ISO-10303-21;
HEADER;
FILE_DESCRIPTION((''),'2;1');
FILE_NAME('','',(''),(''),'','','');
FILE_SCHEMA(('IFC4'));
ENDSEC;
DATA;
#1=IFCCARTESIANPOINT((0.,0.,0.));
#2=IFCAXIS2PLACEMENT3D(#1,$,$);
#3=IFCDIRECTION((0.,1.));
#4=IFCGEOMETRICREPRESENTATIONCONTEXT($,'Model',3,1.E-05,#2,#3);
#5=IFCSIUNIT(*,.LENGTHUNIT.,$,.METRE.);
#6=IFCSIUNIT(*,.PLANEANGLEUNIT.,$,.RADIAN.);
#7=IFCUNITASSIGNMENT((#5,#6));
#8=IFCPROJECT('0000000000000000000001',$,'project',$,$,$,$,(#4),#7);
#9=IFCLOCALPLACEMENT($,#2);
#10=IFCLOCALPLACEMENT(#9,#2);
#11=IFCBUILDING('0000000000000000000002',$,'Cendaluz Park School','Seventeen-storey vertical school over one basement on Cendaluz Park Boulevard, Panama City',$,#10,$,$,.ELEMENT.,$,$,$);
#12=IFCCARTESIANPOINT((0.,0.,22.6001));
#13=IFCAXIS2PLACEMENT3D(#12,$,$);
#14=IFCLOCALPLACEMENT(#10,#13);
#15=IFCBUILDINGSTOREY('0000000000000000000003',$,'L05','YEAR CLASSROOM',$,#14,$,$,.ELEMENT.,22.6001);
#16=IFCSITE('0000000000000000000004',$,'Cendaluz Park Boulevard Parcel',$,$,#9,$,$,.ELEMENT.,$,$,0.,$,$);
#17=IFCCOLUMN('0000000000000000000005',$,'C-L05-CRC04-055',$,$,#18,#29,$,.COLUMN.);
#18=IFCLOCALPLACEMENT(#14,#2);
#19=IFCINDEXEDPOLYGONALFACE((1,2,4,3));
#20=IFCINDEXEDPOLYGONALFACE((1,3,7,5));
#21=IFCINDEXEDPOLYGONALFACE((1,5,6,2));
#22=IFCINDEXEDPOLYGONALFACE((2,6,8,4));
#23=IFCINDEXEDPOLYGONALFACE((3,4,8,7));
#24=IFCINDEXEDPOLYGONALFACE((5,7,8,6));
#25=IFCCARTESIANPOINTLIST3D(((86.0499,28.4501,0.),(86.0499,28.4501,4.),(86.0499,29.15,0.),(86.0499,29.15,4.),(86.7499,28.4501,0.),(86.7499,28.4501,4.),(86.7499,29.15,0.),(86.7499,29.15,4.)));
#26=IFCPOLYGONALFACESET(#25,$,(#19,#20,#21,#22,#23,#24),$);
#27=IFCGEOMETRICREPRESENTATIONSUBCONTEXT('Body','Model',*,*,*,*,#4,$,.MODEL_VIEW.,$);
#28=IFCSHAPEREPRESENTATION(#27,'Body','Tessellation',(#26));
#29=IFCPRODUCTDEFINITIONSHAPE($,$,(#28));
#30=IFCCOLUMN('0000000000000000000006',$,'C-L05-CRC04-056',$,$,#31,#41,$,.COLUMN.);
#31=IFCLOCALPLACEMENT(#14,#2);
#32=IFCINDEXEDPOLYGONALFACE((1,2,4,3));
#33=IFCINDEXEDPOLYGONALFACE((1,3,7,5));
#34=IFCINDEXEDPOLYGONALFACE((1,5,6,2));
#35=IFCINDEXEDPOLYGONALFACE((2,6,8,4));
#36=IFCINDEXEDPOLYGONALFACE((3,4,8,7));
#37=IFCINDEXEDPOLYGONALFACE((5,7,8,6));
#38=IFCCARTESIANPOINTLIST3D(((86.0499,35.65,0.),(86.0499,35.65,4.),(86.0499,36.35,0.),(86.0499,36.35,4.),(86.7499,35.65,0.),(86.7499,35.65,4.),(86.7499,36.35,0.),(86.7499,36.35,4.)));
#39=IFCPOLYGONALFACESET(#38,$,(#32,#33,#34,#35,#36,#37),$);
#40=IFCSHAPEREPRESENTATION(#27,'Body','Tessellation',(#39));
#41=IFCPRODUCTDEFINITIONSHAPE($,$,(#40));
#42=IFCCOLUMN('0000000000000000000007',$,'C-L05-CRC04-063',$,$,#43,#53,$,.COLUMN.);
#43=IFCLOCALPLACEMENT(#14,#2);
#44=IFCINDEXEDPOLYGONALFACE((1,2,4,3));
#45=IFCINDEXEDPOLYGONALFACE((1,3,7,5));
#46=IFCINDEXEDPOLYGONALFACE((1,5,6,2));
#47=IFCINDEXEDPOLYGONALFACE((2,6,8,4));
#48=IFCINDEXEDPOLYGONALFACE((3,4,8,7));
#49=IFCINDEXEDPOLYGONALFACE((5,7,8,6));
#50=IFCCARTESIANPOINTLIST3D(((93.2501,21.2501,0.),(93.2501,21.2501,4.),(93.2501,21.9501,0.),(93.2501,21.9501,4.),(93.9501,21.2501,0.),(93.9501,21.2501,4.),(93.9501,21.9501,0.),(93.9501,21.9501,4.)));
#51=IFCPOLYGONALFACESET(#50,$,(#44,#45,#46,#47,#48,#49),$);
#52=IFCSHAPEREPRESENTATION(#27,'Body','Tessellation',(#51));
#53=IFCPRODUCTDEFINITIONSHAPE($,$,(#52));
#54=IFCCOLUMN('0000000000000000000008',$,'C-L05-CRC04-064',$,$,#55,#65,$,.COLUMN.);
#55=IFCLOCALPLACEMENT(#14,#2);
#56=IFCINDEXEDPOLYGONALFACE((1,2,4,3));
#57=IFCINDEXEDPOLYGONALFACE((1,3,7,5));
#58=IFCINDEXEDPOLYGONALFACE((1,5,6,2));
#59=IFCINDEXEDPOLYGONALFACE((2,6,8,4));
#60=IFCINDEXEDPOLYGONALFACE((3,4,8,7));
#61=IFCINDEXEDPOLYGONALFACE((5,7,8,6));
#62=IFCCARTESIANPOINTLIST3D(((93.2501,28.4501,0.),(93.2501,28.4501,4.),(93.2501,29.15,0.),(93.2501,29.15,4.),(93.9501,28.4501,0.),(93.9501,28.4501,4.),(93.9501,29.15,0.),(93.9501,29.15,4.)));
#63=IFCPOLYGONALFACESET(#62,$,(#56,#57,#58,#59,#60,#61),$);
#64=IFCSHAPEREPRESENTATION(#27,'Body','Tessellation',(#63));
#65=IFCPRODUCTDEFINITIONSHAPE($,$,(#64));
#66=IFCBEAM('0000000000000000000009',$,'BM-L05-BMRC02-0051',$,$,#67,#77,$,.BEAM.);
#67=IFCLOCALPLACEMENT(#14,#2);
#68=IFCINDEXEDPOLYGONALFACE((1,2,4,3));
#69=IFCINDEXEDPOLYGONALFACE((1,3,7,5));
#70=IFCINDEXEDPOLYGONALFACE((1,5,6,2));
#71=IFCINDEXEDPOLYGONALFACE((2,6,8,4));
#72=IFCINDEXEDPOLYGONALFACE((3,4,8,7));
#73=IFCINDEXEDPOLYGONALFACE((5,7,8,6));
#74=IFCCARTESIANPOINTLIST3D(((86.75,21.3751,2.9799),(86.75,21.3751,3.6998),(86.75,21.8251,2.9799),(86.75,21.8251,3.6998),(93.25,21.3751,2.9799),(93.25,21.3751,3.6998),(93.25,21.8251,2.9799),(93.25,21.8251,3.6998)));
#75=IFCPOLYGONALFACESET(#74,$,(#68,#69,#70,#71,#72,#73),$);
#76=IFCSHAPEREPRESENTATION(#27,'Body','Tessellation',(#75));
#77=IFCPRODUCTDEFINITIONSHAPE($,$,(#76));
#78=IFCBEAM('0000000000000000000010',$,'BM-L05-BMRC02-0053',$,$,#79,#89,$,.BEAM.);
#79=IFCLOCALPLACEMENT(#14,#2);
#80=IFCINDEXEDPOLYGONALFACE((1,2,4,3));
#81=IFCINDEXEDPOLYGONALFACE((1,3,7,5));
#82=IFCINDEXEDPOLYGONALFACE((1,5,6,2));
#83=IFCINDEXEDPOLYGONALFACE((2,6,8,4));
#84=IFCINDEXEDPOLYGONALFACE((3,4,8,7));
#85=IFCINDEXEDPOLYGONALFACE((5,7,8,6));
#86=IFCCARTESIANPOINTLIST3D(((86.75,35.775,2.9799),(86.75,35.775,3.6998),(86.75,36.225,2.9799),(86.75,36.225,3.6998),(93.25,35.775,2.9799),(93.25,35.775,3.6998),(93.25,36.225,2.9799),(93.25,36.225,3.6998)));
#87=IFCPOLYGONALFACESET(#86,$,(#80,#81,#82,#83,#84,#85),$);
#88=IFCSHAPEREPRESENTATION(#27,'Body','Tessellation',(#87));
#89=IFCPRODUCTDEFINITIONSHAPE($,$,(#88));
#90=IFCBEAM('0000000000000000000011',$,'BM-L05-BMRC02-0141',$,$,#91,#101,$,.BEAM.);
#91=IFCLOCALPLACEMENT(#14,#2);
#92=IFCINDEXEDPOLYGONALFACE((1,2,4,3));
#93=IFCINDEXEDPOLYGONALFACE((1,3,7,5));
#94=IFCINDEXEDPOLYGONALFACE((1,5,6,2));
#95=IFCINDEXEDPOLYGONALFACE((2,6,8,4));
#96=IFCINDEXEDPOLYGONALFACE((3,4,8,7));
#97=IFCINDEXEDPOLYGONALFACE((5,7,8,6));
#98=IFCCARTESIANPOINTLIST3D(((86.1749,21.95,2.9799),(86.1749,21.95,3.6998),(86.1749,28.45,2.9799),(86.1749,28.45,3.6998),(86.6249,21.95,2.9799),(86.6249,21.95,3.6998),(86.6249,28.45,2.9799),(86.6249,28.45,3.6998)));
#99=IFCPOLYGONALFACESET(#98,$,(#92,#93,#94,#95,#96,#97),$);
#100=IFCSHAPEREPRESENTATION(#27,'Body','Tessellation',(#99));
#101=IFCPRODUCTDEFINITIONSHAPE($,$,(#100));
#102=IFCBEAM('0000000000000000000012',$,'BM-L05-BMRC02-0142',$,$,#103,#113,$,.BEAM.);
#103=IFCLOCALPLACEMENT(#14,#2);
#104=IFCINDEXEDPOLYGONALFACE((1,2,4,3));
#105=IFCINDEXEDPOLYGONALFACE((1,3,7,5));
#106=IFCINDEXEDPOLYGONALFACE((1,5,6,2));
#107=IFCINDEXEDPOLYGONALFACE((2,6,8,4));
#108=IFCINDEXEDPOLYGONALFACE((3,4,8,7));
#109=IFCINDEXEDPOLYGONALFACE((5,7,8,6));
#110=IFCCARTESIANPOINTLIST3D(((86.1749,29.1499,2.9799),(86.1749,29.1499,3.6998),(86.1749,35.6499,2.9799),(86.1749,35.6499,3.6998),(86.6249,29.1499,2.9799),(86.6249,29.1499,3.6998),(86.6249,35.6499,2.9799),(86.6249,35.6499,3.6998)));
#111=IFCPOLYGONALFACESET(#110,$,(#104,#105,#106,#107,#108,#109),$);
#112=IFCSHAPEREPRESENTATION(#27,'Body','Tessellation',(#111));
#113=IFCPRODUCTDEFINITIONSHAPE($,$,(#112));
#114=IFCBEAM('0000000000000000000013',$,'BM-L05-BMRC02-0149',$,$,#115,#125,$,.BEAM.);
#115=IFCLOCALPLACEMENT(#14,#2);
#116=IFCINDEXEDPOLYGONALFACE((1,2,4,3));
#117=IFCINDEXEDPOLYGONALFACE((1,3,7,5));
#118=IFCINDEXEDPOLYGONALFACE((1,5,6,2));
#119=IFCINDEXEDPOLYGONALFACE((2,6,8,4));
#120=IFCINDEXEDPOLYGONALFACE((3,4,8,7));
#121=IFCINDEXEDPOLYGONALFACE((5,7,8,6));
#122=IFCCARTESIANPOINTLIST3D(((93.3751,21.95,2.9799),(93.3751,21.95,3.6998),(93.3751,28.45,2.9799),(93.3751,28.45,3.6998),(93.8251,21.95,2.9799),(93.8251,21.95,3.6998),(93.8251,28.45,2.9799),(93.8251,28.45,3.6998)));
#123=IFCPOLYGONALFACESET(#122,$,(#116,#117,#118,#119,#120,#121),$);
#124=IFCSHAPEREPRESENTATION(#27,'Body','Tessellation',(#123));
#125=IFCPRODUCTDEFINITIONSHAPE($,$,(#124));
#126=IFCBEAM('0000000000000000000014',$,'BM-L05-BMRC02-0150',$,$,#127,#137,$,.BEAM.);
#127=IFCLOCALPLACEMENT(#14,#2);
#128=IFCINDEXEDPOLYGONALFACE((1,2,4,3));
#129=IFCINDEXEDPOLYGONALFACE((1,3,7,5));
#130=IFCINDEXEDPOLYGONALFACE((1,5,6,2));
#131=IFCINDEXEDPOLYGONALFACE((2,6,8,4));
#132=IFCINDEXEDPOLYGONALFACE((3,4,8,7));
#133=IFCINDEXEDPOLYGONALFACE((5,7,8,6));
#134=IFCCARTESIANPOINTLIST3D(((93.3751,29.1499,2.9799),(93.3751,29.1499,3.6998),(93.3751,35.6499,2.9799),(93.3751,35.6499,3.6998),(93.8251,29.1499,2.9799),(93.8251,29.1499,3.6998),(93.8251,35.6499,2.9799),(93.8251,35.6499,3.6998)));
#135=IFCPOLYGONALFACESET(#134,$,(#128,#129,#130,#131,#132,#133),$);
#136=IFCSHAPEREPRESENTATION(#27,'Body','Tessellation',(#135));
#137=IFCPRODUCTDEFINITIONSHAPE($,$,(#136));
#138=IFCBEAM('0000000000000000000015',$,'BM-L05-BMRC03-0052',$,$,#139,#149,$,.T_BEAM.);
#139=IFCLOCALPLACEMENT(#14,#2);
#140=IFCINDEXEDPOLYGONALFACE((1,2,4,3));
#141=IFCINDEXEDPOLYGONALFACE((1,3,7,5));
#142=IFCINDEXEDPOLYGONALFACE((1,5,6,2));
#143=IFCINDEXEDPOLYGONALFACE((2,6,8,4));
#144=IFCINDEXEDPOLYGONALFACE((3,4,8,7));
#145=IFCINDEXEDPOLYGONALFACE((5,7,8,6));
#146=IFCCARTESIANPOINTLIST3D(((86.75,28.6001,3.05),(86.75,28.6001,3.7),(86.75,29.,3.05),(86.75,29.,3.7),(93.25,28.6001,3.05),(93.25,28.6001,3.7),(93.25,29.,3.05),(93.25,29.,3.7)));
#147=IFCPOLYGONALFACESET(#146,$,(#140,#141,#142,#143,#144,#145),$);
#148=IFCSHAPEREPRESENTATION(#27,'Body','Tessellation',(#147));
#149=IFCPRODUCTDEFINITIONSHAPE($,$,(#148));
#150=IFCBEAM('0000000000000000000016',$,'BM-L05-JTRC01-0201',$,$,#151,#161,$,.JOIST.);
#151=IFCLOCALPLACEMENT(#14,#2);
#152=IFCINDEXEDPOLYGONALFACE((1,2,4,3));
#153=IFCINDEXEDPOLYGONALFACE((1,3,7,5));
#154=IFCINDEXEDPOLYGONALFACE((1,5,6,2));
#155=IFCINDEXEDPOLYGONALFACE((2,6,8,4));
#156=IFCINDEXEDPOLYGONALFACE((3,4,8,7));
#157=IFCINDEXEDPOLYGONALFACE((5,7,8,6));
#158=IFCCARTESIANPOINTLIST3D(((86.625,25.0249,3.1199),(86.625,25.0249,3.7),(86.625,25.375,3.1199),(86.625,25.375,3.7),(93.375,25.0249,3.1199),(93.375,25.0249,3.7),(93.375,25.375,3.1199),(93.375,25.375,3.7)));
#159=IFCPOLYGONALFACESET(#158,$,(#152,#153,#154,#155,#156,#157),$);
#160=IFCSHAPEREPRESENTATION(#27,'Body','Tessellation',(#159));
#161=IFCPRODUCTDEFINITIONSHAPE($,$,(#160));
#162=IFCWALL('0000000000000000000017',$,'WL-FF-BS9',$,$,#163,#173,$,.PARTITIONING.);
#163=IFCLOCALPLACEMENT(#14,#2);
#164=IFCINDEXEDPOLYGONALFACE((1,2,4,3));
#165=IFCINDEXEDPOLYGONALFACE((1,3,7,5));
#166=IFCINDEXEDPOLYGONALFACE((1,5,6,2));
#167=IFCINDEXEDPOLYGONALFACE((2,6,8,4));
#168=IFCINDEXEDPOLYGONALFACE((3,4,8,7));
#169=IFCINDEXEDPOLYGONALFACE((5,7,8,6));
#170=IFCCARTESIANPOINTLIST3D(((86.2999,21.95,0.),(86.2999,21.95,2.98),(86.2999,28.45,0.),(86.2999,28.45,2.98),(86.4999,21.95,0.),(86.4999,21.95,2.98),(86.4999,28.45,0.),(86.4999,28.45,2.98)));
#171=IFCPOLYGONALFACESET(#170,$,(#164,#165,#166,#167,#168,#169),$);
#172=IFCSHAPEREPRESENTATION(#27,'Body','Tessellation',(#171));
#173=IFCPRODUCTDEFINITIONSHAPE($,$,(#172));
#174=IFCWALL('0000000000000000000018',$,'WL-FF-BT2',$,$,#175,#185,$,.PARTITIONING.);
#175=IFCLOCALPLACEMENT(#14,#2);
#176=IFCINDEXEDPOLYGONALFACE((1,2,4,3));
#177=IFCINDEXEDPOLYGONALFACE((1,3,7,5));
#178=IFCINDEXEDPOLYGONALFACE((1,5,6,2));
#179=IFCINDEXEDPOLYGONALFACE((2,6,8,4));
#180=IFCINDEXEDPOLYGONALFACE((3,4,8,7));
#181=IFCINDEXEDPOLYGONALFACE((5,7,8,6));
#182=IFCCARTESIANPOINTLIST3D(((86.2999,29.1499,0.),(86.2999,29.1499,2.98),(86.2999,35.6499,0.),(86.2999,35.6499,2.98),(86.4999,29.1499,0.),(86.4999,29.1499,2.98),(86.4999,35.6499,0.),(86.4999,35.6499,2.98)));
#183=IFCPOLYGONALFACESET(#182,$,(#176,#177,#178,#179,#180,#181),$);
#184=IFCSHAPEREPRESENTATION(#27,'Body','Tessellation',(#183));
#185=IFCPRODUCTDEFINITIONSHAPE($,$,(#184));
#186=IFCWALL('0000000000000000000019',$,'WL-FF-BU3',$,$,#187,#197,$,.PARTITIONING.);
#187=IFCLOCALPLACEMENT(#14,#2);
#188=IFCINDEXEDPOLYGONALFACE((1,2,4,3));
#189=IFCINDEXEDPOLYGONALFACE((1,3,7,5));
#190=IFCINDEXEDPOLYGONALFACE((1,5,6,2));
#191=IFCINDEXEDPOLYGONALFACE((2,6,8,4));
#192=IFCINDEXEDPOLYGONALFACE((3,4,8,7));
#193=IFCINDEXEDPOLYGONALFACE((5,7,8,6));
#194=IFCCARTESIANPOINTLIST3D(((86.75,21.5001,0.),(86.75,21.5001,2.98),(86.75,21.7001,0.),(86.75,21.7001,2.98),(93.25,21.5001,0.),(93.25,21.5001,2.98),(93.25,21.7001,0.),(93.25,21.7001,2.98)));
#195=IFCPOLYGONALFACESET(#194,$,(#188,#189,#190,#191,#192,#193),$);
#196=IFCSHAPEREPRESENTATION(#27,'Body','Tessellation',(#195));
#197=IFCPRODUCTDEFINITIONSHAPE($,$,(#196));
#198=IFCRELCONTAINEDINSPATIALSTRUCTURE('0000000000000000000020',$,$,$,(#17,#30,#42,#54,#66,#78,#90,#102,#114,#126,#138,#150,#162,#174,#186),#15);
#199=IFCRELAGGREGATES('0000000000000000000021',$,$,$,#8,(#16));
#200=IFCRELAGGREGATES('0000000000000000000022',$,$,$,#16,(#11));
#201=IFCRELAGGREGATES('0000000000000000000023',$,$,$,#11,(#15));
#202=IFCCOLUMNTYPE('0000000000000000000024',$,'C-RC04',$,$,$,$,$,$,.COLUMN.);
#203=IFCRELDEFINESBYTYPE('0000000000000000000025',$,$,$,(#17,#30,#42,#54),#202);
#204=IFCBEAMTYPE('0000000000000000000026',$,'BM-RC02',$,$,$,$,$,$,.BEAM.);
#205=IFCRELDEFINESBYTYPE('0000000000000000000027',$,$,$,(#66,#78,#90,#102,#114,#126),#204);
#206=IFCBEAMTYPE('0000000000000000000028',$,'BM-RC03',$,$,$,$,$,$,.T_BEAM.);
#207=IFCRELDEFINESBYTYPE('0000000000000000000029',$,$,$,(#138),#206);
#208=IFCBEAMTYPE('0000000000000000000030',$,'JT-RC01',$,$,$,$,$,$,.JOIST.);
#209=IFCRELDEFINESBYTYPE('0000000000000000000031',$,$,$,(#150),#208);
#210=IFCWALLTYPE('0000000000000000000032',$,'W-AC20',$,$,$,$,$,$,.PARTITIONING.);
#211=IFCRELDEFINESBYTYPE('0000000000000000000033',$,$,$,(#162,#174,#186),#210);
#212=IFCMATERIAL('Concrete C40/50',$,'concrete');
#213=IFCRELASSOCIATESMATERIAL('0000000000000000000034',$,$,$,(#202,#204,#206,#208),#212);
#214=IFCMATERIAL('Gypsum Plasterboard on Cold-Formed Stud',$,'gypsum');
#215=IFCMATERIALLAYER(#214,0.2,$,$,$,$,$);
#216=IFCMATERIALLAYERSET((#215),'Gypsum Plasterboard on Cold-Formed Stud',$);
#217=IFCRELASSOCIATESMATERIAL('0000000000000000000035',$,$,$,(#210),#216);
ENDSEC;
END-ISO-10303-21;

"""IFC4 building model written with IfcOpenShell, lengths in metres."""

from ifc_helpers import new_model, si_unit, direction, frame, frame_2d, origin, origin_2d, place, context, subcontext, project, spatial, rectangle, extrude, material, layer, layer_set, material_profile, profile_set, type_object, element, save


model = new_model("IFC4")

# Units and contexts
model_context = context("Model", 3, precision=1e-05, world=origin(), true_north=direction((0.0, 1.0)))
body_context = subcontext(model_context, "Body", "Model", "MODEL_VIEW")
ifc_project = project(units=[si_unit("LENGTHUNIT", "METRE"), si_unit("PLANEANGLEUNIT", "RADIAN")], contexts=[model_context])

# Site, building, storey
site_placement = place(None, origin())
site = spatial("IfcSite", under=ifc_project, at=site_placement, Name="Cendaluz Park Boulevard Parcel", CompositionType="ELEMENT", RefElevation=0.0)
building_placement = place(site_placement, origin())
building = spatial("IfcBuilding", under=site, at=building_placement, Name="Cendaluz Park School", Description="Seventeen-storey vertical school over one basement on Cendaluz Park Boulevard, Panama City", CompositionType="ELEMENT")
storey_placement = place(building_placement, frame((0.0, 0.0, 22.6001)))
storey = spatial("IfcBuildingStorey", under=building, at=storey_placement, Name="L05", Description="YEAR CLASSROOM", CompositionType="ELEMENT", Elevation=22.6001)

# Columns
ifc_material_1 = material(Name="Concrete C40/50", Category="concrete")
ifc_material_profile_1 = material_profile(ifc_material_1, rectangle(XDim=0.7, YDim=0.7, at=origin_2d()), Name="RC 700x700", Category="concrete")
ifc_profile_set_1 = profile_set([ifc_material_profile_1], Name="Concrete C40/50")
column_type = type_object("IfcColumnType", Name="C-RC04", PredefinedType="COLUMN", material=ifc_profile_set_1)
for number, where, z_axis, x_axis, name in (
    (1, (86.3999, 28.8, 0.0), (0.0, 0.0, 1.0), (1.0, 0.0, 0.0), "C-L05-CRC04-055"),
    (2, (86.3999, 36.0, 0.0), (0.0, 0.0, 1.0), (1.0, 0.0, 0.0), "C-L05-CRC04-056"),
    (3, (93.6001, 21.6001, 0.0), (0.0, 0.0, 1.0), (1.0, 0.0, 0.0), "C-L05-CRC04-063"),
    (4, (93.6001, 28.8, 0.0), (0.0, 0.0, 1.0), (1.0, 0.0, 0.0), "C-L05-CRC04-064"),
):
    element("IfcColumn", number, at=place(storey_placement, frame(where, z_axis=z_axis, x_axis=x_axis)), inside=storey, type_object=column_type, Name=name, PredefinedType="COLUMN", context=body_context, shape_type="SweptSolid", body=[
        extrude(rectangle(XDim=0.7, YDim=0.7, at=origin_2d()), origin(), (0.0, 0.0, 1.0), 4.0),
    ])

# Beams
ifc_material_profile_2 = material_profile(ifc_material_1, rectangle(XDim=0.45, YDim=0.72, at=origin_2d()), Name="RC 450x720", Category="concrete")
ifc_profile_set_2 = profile_set([ifc_material_profile_2], Name="Concrete C40/50")
beam_type_1 = type_object("IfcBeamType", Name="BM-RC02", PredefinedType="BEAM", material=ifc_profile_set_2)
for number, where, z_axis, x_axis, name in (
    (5, (86.75, 21.6001, 3.3398), (1.0, 0.0, 0.0), (0.0, 1.0, 0.0), "BM-L05-BMRC02-0051"),
    (6, (86.75, 36.0, 3.3398), (1.0, 0.0, 0.0), (0.0, 1.0, 0.0), "BM-L05-BMRC02-0053"),
    (7, (86.3999, 21.95, 3.3398), (0.0, 1.0, 0.0), (-1.0, 0.0, 0.0), "BM-L05-BMRC02-0141"),
    (8, (86.3999, 29.1499, 3.3398), (0.0, 1.0, 0.0), (-1.0, 0.0, 0.0), "BM-L05-BMRC02-0142"),
    (9, (93.6001, 21.95, 3.3398), (0.0, 1.0, 0.0), (-1.0, 0.0, 0.0), "BM-L05-BMRC02-0149"),
    (10, (93.6001, 29.1499, 3.3398), (0.0, 1.0, 0.0), (-1.0, 0.0, 0.0), "BM-L05-BMRC02-0150"),
):
    element("IfcBeam", number, at=place(storey_placement, frame(where, z_axis=z_axis, x_axis=x_axis)), inside=storey, type_object=beam_type_1, Name=name, PredefinedType="BEAM", context=body_context, shape_type="SweptSolid", body=[
        extrude(rectangle(XDim=0.45, YDim=0.72, at=origin_2d()), origin(), (0.0, 0.0, 1.0), 6.5),
    ])
ifc_material_profile_3 = material_profile(ifc_material_1, rectangle(XDim=0.3999, YDim=0.6499, at=origin_2d()), Name="RC 400x650", Category="concrete")
ifc_profile_set_3 = profile_set([ifc_material_profile_3], Name="Concrete C40/50")
beam_type_2 = type_object("IfcBeamType", Name="BM-RC03", PredefinedType="T_BEAM", material=ifc_profile_set_3)
beam_1_placement = place(storey_placement, frame((86.75, 28.8, 3.375), z_axis=(1.0, 0.0, 0.0), x_axis=(0.0, 1.0, 0.0)))
element("IfcBeam", 11, at=beam_1_placement, inside=storey, type_object=beam_type_2, Name="BM-L05-BMRC03-0052", PredefinedType="T_BEAM", context=body_context, shape_type="SweptSolid", body=[
    extrude(rectangle(XDim=0.3999, YDim=0.6499, at=origin_2d()), origin(), (0.0, 0.0, 1.0), 6.5),
])
ifc_material_profile_4 = material_profile(ifc_material_1, rectangle(XDim=0.3501, YDim=0.5801, at=origin_2d()), Name="RC 350x580", Category="concrete")
ifc_profile_set_4 = profile_set([ifc_material_profile_4], Name="Concrete C40/50")
beam_type_3 = type_object("IfcBeamType", Name="JT-RC01", PredefinedType="JOIST", material=ifc_profile_set_4)
beam_2_placement = place(storey_placement, frame((86.625, 25.2, 3.4099), z_axis=(1.0, 0.0, 0.0), x_axis=(0.0, 1.0, 0.0)))
element("IfcBeam", 12, at=beam_2_placement, inside=storey, type_object=beam_type_3, Name="BM-L05-JTRC01-0201", PredefinedType="JOIST", context=body_context, shape_type="SweptSolid", body=[
    extrude(rectangle(XDim=0.3501, YDim=0.5801, at=origin_2d()), origin(), (0.0, 0.0, 1.0), 6.75),
])

# Walls
ifc_material_2 = material(Name="Gypsum Plasterboard on Cold-Formed Stud", Category="gypsum")
ifc_layer_1 = layer(ifc_material_2, 0.2)
ifc_layer_set_1 = layer_set([ifc_layer_1], Name="Gypsum Plasterboard on Cold-Formed Stud")
wall_type_1 = type_object("IfcWallType", Name="W-AC20", PredefinedType="PARTITIONING", material=ifc_layer_set_1)
for number, where, z_axis, x_axis, name in (
    (13, (86.3999, 21.95, 0.0), (0.0, 0.0, 1.0), (0.0, 1.0, 0.0), "WL-FF-BS9"),
    (14, (86.3999, 29.1499, 0.0), (0.0, 0.0, 1.0), (0.0, 1.0, 0.0), "WL-FF-BT2"),
    (15, (86.75, 21.6001, 0.0), (0.0, 0.0, 1.0), (1.0, 0.0, 0.0), "WL-FF-BU3"),
):
    element("IfcWall", number, at=place(storey_placement, frame(where, z_axis=z_axis, x_axis=x_axis)), inside=storey, type_object=wall_type_1, Name=name, PredefinedType="PARTITIONING", context=body_context, shape_type="SweptSolid", body=[
        extrude(rectangle(XDim=6.5, YDim=0.2, at=frame_2d((3.25, 0.0))), origin(), (0.0, 0.0, 1.0), 2.98),
    ])

save(model, "model.ifc")
